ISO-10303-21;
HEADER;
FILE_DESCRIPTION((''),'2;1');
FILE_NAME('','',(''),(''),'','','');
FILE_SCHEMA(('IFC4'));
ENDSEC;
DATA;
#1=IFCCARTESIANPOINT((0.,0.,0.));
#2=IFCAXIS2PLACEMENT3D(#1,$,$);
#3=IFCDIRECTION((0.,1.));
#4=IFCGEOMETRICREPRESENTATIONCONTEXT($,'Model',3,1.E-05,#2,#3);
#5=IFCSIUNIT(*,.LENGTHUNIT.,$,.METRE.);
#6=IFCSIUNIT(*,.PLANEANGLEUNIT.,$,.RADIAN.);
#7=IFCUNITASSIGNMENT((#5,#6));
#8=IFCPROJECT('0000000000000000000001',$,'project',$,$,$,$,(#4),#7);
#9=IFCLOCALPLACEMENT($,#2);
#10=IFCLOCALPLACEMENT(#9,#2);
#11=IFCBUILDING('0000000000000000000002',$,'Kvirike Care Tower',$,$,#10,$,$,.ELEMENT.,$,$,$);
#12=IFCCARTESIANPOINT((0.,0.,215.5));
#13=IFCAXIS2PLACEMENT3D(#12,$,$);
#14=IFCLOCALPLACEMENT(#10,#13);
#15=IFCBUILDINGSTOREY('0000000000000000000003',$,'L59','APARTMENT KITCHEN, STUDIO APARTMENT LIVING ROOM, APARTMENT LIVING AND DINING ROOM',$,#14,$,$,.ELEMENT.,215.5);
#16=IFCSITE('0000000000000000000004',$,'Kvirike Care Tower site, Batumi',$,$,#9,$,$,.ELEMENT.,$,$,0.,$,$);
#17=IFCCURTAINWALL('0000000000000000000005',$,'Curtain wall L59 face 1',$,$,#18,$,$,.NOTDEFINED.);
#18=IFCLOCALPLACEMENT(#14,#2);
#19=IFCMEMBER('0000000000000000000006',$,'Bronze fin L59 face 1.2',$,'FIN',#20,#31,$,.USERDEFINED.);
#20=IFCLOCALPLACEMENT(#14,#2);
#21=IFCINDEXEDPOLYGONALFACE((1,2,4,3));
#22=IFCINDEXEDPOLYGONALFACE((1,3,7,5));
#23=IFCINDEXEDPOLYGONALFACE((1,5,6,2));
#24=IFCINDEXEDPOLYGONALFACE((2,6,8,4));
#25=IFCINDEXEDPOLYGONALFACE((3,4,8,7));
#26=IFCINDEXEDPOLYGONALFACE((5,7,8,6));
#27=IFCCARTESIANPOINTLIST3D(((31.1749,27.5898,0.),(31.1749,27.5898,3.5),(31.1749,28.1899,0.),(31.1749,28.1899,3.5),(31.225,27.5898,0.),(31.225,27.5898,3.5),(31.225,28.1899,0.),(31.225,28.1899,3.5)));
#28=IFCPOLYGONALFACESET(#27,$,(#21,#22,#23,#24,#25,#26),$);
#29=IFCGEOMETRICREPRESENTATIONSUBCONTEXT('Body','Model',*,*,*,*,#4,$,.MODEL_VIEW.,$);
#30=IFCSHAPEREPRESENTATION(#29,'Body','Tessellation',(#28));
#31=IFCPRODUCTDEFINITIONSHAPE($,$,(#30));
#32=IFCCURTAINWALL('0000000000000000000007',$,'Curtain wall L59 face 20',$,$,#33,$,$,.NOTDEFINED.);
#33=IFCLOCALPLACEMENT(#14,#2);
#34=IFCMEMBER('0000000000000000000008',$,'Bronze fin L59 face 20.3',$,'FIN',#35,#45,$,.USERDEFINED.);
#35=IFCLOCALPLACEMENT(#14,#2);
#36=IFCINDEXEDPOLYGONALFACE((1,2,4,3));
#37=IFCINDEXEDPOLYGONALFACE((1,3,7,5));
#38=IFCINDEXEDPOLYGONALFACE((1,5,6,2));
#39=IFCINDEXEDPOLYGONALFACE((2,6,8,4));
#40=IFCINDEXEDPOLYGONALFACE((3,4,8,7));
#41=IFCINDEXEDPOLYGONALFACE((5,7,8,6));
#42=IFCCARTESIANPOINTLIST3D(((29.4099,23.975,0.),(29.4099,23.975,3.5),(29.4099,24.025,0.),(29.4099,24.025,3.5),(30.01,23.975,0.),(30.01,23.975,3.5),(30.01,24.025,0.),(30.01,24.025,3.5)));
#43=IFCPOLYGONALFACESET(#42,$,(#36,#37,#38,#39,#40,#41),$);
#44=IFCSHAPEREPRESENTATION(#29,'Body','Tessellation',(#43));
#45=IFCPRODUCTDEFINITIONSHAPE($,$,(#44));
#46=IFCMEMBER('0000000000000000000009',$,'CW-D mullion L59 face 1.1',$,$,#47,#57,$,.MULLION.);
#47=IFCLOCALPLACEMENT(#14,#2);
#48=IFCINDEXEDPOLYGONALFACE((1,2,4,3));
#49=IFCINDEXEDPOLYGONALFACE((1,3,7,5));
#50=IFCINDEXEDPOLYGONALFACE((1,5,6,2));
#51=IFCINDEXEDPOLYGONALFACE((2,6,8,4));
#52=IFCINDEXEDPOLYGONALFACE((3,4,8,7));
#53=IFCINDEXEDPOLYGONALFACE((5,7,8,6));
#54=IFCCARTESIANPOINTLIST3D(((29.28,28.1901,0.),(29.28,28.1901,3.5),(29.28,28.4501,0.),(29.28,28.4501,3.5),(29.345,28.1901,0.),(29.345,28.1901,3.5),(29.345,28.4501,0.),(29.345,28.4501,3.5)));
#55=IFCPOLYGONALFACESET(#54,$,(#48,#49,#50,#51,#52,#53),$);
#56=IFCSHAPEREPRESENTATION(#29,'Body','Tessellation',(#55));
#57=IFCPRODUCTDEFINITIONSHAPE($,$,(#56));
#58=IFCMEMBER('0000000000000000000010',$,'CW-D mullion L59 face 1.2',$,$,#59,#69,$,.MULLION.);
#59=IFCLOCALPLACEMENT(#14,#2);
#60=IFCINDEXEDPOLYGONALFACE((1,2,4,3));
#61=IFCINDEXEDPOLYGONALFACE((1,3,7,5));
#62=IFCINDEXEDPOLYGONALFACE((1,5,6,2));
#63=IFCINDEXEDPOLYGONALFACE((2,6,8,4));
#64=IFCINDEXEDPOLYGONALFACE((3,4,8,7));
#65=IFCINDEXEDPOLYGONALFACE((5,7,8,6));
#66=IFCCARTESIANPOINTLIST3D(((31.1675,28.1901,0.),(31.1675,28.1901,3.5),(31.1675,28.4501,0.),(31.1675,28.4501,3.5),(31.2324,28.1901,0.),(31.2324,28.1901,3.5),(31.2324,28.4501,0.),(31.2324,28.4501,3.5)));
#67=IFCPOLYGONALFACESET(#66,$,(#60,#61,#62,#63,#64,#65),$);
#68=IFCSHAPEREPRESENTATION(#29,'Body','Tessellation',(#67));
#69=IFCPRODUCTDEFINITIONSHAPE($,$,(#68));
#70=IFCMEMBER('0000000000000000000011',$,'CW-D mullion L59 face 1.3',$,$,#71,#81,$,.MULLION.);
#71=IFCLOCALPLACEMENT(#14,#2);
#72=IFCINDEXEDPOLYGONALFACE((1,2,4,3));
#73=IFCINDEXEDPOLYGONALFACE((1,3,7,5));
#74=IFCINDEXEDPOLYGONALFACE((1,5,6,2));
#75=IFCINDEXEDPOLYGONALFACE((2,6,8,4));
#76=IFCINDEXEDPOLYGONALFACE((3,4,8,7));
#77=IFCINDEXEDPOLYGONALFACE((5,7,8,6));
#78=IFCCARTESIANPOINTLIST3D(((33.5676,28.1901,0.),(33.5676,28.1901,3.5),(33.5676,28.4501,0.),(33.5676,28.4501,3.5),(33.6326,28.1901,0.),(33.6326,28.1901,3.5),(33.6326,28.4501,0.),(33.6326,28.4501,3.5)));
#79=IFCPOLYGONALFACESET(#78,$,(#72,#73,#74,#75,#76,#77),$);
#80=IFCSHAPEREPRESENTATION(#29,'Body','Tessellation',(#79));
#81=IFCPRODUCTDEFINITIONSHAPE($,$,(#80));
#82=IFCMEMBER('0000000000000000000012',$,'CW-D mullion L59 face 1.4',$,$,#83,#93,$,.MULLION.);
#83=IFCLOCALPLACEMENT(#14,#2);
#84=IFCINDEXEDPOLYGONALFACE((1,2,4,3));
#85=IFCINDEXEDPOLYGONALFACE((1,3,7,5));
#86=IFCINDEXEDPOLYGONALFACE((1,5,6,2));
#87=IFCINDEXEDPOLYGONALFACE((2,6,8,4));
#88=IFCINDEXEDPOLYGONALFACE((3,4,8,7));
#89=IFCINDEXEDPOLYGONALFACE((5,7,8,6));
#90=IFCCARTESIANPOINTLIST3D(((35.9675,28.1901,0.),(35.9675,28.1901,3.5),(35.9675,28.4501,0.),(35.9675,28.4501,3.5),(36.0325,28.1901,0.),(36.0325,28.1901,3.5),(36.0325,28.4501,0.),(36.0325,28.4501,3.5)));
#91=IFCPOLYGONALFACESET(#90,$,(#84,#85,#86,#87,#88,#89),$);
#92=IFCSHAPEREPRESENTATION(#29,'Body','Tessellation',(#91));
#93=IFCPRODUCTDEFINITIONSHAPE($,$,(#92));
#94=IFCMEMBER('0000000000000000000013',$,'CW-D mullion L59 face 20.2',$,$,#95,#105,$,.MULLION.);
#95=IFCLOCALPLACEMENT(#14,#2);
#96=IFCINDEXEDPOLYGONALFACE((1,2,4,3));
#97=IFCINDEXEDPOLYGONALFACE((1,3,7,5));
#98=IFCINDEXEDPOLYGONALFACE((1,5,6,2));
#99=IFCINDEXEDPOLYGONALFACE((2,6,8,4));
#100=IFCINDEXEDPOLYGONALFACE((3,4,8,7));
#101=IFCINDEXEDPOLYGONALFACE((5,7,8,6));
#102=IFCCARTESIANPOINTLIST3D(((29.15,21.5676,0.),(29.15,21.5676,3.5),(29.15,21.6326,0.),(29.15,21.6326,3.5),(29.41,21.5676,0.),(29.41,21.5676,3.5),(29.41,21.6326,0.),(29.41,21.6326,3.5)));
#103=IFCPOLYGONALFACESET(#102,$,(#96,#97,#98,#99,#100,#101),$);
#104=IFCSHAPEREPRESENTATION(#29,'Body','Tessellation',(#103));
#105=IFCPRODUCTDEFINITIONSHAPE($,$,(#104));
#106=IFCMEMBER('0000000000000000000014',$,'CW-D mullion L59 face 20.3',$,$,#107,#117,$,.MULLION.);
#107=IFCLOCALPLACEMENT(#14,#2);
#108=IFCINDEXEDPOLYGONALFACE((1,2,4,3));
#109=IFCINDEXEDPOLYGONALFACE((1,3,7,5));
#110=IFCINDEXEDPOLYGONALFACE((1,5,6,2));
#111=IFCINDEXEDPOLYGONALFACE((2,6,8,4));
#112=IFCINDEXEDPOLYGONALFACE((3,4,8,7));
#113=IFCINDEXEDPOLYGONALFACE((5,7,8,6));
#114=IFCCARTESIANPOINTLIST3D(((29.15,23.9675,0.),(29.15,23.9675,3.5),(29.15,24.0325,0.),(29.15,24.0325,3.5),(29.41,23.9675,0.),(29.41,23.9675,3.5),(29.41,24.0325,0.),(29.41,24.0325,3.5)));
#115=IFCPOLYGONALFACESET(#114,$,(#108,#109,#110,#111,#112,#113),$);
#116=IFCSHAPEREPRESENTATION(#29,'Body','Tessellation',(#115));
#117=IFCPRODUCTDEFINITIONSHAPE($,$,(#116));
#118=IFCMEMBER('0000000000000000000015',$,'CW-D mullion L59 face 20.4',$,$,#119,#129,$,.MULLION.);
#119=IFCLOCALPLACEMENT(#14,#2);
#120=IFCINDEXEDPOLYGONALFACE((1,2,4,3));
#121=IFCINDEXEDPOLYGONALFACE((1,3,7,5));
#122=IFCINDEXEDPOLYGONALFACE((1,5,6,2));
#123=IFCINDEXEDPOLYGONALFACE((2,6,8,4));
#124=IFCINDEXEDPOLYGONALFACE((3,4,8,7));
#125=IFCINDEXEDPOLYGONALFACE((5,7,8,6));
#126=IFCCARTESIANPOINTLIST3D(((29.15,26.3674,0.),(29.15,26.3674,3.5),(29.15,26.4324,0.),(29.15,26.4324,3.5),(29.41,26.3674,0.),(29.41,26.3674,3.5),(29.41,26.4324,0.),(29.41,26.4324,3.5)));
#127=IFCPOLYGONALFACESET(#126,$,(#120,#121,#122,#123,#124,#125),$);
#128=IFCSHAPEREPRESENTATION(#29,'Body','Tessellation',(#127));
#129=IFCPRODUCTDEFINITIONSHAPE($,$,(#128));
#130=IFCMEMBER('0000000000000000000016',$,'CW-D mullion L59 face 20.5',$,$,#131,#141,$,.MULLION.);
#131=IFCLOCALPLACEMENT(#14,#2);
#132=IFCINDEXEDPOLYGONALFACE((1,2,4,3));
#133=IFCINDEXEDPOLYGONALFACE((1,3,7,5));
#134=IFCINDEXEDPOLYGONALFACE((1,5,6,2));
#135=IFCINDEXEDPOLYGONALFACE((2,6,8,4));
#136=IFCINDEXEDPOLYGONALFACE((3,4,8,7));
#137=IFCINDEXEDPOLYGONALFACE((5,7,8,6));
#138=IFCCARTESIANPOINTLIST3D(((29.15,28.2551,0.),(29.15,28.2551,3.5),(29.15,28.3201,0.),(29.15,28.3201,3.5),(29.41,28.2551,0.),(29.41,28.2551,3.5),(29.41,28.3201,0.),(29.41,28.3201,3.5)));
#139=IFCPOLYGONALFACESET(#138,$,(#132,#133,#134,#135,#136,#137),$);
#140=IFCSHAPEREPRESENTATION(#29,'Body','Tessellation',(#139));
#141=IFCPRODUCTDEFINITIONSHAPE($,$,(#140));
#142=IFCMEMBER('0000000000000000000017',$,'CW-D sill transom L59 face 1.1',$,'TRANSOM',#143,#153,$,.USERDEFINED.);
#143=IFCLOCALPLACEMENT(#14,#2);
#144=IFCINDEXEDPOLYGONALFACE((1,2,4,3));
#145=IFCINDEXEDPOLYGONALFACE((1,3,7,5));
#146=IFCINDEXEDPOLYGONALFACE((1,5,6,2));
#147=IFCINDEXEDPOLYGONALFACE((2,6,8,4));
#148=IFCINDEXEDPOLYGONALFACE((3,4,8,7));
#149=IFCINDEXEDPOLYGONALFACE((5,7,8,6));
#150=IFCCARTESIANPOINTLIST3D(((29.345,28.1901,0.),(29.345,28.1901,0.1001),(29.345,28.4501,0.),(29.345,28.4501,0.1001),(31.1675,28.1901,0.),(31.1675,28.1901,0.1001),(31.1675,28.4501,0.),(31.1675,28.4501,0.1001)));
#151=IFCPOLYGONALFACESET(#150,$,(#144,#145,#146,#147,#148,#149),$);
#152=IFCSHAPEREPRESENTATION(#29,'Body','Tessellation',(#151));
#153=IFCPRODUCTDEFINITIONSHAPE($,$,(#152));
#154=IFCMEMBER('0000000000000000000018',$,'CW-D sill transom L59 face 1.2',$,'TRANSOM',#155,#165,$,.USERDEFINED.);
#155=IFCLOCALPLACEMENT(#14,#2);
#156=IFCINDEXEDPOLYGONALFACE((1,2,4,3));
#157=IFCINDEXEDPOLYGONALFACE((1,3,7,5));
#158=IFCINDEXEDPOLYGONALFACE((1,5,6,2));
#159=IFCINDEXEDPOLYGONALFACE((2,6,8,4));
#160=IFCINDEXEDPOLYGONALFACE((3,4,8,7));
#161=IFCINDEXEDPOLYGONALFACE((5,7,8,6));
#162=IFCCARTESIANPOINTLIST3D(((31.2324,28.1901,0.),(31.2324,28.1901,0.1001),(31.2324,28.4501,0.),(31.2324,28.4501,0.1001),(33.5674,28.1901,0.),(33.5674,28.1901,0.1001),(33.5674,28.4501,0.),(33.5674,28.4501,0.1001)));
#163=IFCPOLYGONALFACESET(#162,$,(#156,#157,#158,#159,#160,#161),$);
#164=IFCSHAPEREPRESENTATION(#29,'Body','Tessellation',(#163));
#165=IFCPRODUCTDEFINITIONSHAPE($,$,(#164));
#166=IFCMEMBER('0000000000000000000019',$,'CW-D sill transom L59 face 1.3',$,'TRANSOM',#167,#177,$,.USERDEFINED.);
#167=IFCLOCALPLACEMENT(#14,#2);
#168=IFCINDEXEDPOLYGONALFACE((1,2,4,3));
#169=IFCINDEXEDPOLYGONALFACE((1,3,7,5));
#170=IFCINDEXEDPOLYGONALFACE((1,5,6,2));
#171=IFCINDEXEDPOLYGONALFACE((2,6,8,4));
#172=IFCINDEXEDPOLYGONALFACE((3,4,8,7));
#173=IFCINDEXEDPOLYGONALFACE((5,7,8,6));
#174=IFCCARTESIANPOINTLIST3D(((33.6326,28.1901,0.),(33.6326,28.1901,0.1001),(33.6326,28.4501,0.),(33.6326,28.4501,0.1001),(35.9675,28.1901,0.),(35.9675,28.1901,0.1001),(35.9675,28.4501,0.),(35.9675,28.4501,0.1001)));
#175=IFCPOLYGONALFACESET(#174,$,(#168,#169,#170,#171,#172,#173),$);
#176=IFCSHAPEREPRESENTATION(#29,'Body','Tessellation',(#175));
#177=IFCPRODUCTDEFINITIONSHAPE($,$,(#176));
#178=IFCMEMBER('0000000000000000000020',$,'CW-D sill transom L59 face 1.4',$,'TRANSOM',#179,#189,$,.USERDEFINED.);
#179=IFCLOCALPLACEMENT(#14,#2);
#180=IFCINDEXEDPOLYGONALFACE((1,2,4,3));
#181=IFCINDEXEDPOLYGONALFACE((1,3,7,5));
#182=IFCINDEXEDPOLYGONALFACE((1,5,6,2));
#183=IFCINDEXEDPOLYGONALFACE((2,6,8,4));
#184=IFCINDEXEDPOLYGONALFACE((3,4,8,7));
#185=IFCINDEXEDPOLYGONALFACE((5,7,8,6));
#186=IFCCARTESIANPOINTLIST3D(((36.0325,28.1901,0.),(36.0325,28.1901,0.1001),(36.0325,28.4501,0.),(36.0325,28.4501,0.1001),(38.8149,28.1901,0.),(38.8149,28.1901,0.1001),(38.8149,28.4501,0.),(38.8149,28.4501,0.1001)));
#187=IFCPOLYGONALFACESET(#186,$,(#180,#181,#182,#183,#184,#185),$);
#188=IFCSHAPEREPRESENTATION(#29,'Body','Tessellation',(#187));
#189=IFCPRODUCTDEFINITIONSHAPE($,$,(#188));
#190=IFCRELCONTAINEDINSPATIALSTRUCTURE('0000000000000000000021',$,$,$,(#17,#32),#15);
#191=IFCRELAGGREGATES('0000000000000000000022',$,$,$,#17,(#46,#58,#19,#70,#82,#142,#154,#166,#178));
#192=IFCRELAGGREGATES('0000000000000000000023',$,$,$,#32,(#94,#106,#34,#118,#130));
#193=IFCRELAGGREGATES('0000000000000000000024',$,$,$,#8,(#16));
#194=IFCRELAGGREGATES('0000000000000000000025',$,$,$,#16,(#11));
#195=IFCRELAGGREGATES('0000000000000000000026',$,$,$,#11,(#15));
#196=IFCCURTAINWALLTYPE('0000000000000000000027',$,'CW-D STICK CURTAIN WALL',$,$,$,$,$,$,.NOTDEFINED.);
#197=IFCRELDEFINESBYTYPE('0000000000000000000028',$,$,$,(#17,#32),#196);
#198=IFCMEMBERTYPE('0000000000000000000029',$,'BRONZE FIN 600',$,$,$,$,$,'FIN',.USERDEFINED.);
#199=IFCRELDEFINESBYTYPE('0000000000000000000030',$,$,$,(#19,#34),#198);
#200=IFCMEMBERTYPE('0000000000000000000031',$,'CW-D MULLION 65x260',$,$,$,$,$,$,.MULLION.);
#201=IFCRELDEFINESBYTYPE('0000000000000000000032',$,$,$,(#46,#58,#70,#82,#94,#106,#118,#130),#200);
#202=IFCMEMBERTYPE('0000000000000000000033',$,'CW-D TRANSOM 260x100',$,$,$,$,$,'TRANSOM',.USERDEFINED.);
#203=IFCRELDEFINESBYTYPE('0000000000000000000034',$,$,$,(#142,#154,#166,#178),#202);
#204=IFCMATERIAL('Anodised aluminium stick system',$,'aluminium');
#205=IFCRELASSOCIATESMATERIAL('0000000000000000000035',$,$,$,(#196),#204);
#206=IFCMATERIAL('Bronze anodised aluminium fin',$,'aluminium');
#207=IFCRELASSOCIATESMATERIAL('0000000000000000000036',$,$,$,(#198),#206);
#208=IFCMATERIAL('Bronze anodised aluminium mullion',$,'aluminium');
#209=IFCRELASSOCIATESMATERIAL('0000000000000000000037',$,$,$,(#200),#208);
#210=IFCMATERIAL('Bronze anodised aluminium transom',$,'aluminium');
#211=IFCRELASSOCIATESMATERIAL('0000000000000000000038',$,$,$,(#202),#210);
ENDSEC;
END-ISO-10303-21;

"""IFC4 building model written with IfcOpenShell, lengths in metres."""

from ifc_helpers import new_model, si_unit, direction, frame, origin, origin_2d, place, context, subcontext, project, spatial, rectangle, extrude, material, material_profile, profile_set, type_object, element, aggregate, save


model = new_model("IFC4")

# Units and contexts
model_context = context("Model", 3, precision=1e-05, world=origin(), true_north=direction((0.0, 1.0)))
body_context = subcontext(model_context, "Body", "Model", "MODEL_VIEW")
ifc_project = project(units=[si_unit("LENGTHUNIT", "METRE"), si_unit("PLANEANGLEUNIT", "RADIAN")], contexts=[model_context])

# Site, building, storey
site_placement = place(None, origin())
site = spatial("IfcSite", under=ifc_project, at=site_placement, Name="Kvirike Care Tower site, Batumi", CompositionType="ELEMENT", RefElevation=0.0)
building_placement = place(site_placement, origin())
building = spatial("IfcBuilding", under=site, at=building_placement, Name="Kvirike Care Tower", CompositionType="ELEMENT")
storey_placement = place(building_placement, frame((0.0, 0.0, 215.5)))
storey = spatial("IfcBuildingStorey", under=building, at=storey_placement, Name="L59", Description="APARTMENT KITCHEN, STUDIO APARTMENT LIVING ROOM, APARTMENT LIVING AND DINING ROOM", CompositionType="ELEMENT", Elevation=215.5)

# Curtain walls, members
ifc_material_1 = material(Name="Anodised aluminium stick system", Category="aluminium")
curtain_wall_type = type_object("IfcCurtainWallType", Name="CW-D STICK CURTAIN WALL", PredefinedType="NOTDEFINED", material=ifc_material_1)
curtain_wall_1_placement = place(storey_placement, origin())
curtain_wall_1 = element("IfcCurtainWall", 1, at=curtain_wall_1_placement, inside=storey, type_object=curtain_wall_type, Name="Curtain wall L59 face 1", PredefinedType="NOTDEFINED")
ifc_material_2 = material(Name="Bronze anodised aluminium fin", Category="aluminium")
ifc_material_profile_1 = material_profile(ifc_material_2, rectangle(XDim=0.05, YDim=0.6001, at=origin_2d()), Name="BRONZE FIN 600")
ifc_profile_set_1 = profile_set([ifc_material_profile_1], Name="Bronze anodised aluminium fin")
member_type_1 = type_object("IfcMemberType", Name="BRONZE FIN 600", ElementType="FIN", PredefinedType="USERDEFINED", material=ifc_profile_set_1)
member_1_placement = place(storey_placement, frame((31.2, 27.8899, 0.0), z_axis=(0.0, 0.0, 1.0), x_axis=(1.0, 0.0, 0.0)))
member_1 = element("IfcMember", 2, at=member_1_placement, type_object=member_type_1, Name="Bronze fin L59 face 1.2", ObjectType="FIN", PredefinedType="USERDEFINED", context=body_context, shape_type="SweptSolid", body=[
    extrude(rectangle(XDim=0.05, YDim=0.6001, at=origin_2d()), origin(), (0.0, 0.0, 1.0), 3.5),
])
curtain_wall_2_placement = place(storey_placement, origin())
curtain_wall_2 = element("IfcCurtainWall", 3, at=curtain_wall_2_placement, inside=storey, type_object=curtain_wall_type, Name="Curtain wall L59 face 20", PredefinedType="NOTDEFINED")
member_2_placement = place(storey_placement, frame((29.71, 24.0, 0.0), z_axis=(0.0, 0.0, 1.0), x_axis=(0.0, 1.0, 0.0)))
member_2 = element("IfcMember", 4, at=member_2_placement, type_object=member_type_1, Name="Bronze fin L59 face 20.3", ObjectType="FIN", PredefinedType="USERDEFINED", context=body_context, shape_type="SweptSolid", body=[
    extrude(rectangle(XDim=0.05, YDim=0.6001, at=origin_2d()), origin(), (0.0, 0.0, 1.0), 3.5),
])

# Members
ifc_material_3 = material(Name="Bronze anodised aluminium mullion", Category="aluminium")
ifc_material_profile_2 = material_profile(ifc_material_3, rectangle(XDim=0.0649, YDim=0.26, at=origin_2d()), Name="CW-D MULLION 65x260")
ifc_profile_set_2 = profile_set([ifc_material_profile_2], Name="Bronze anodised aluminium mullion")
member_type_2 = type_object("IfcMemberType", Name="CW-D MULLION 65x260", PredefinedType="MULLION", material=ifc_profile_set_2)
member_3_placement = place(storey_placement, frame((29.3125, 28.3201, 0.0), z_axis=(0.0, 0.0, 1.0), x_axis=(1.0, 0.0, 0.0)))
member_3 = element("IfcMember", 5, at=member_3_placement, type_object=member_type_2, Name="CW-D mullion L59 face 1.1", PredefinedType="MULLION", context=body_context, shape_type="SweptSolid", body=[
    extrude(rectangle(XDim=0.0649, YDim=0.26, at=origin_2d()), origin(), (0.0, 0.0, 1.0), 3.5),
])
member_4_placement = place(storey_placement, frame((31.2, 28.3201, 0.0), z_axis=(0.0, 0.0, 1.0), x_axis=(1.0, 0.0, 0.0)))
member_4 = element("IfcMember", 6, at=member_4_placement, type_object=member_type_2, Name="CW-D mullion L59 face 1.2", PredefinedType="MULLION", context=body_context, shape_type="SweptSolid", body=[
    extrude(rectangle(XDim=0.0649, YDim=0.26, at=origin_2d()), origin(), (0.0, 0.0, 1.0), 3.5),
])
member_5_placement = place(storey_placement, frame((33.6001, 28.3201, 0.0), z_axis=(0.0, 0.0, 1.0), x_axis=(1.0, 0.0, 0.0)))
member_5 = element("IfcMember", 7, at=member_5_placement, type_object=member_type_2, Name="CW-D mullion L59 face 1.3", PredefinedType="MULLION", context=body_context, shape_type="SweptSolid", body=[
    extrude(rectangle(XDim=0.0649, YDim=0.26, at=origin_2d()), origin(), (0.0, 0.0, 1.0), 3.5),
])
member_6_placement = place(storey_placement, frame((36.0, 28.3201, 0.0), z_axis=(0.0, 0.0, 1.0), x_axis=(1.0, 0.0, 0.0)))
member_6 = element("IfcMember", 8, at=member_6_placement, type_object=member_type_2, Name="CW-D mullion L59 face 1.4", PredefinedType="MULLION", context=body_context, shape_type="SweptSolid", body=[
    extrude(rectangle(XDim=0.0649, YDim=0.26, at=origin_2d()), origin(), (0.0, 0.0, 1.0), 3.5),
])
member_7_placement = place(storey_placement, frame((29.28, 21.6001, 0.0), z_axis=(0.0, 0.0, 1.0), x_axis=(0.0, 1.0, 0.0)))
member_7 = element("IfcMember", 9, at=member_7_placement, type_object=member_type_2, Name="CW-D mullion L59 face 20.2", PredefinedType="MULLION", context=body_context, shape_type="SweptSolid", body=[
    extrude(rectangle(XDim=0.0649, YDim=0.26, at=origin_2d()), origin(), (0.0, 0.0, 1.0), 3.5),
])
member_8_placement = place(storey_placement, frame((29.28, 24.0, 0.0), z_axis=(0.0, 0.0, 1.0), x_axis=(0.0, 1.0, 0.0)))
member_8 = element("IfcMember", 10, at=member_8_placement, type_object=member_type_2, Name="CW-D mullion L59 face 20.3", PredefinedType="MULLION", context=body_context, shape_type="SweptSolid", body=[
    extrude(rectangle(XDim=0.0649, YDim=0.26, at=origin_2d()), origin(), (0.0, 0.0, 1.0), 3.5),
])
member_9_placement = place(storey_placement, frame((29.28, 26.3999, 0.0), z_axis=(0.0, 0.0, 1.0), x_axis=(0.0, 1.0, 0.0)))
member_9 = element("IfcMember", 11, at=member_9_placement, type_object=member_type_2, Name="CW-D mullion L59 face 20.4", PredefinedType="MULLION", context=body_context, shape_type="SweptSolid", body=[
    extrude(rectangle(XDim=0.0649, YDim=0.26, at=origin_2d()), origin(), (0.0, 0.0, 1.0), 3.5),
])
member_10_placement = place(storey_placement, frame((29.28, 28.2876, 0.0), z_axis=(0.0, 0.0, 1.0), x_axis=(0.0, 1.0, 0.0)))
member_10 = element("IfcMember", 12, at=member_10_placement, type_object=member_type_2, Name="CW-D mullion L59 face 20.5", PredefinedType="MULLION", context=body_context, shape_type="SweptSolid", body=[
    extrude(rectangle(XDim=0.0649, YDim=0.26, at=origin_2d()), origin(), (0.0, 0.0, 1.0), 3.5),
])
ifc_material_4 = material(Name="Bronze anodised aluminium transom", Category="aluminium")
ifc_material_profile_3 = material_profile(ifc_material_4, rectangle(XDim=0.26, YDim=0.1001, at=origin_2d()), Name="CW-D TRANSOM 260x100")
ifc_profile_set_3 = profile_set([ifc_material_profile_3], Name="Bronze anodised aluminium transom")
member_type_3 = type_object("IfcMemberType", Name="CW-D TRANSOM 260x100", ElementType="TRANSOM", PredefinedType="USERDEFINED", material=ifc_profile_set_3)
member_11_placement = place(storey_placement, frame((29.345, 28.3201, 0.05), z_axis=(1.0, 0.0, 0.0), x_axis=(0.0, 1.0, 0.0)))
member_11 = element("IfcMember", 13, at=member_11_placement, type_object=member_type_3, Name="CW-D sill transom L59 face 1.1", ObjectType="TRANSOM", PredefinedType="USERDEFINED", context=body_context, shape_type="SweptSolid", body=[
    extrude(rectangle(XDim=0.26, YDim=0.1001, at=origin_2d()), origin(), (0.0, 0.0, 1.0), 1.8225),
])
member_12_placement = place(storey_placement, frame((31.2324, 28.3201, 0.05), z_axis=(1.0, 0.0, 0.0), x_axis=(0.0, 1.0, 0.0)))
member_12 = element("IfcMember", 14, at=member_12_placement, type_object=member_type_3, Name="CW-D sill transom L59 face 1.2", ObjectType="TRANSOM", PredefinedType="USERDEFINED", context=body_context, shape_type="SweptSolid", body=[
    extrude(rectangle(XDim=0.26, YDim=0.1001, at=origin_2d()), origin(), (0.0, 0.0, 1.0), 2.335),
])
member_13_placement = place(storey_placement, frame((33.6326, 28.3201, 0.05), z_axis=(1.0, 0.0, 0.0), x_axis=(0.0, 1.0, 0.0)))
member_13 = element("IfcMember", 15, at=member_13_placement, type_object=member_type_3, Name="CW-D sill transom L59 face 1.3", ObjectType="TRANSOM", PredefinedType="USERDEFINED", context=body_context, shape_type="SweptSolid", body=[
    extrude(rectangle(XDim=0.26, YDim=0.1001, at=origin_2d()), origin(), (0.0, 0.0, 1.0), 2.335),
])
member_14_placement = place(storey_placement, frame((36.0325, 28.3201, 0.05), z_axis=(1.0, 0.0, 0.0), x_axis=(0.0, 1.0, 0.0)))
member_14 = element("IfcMember", 16, at=member_14_placement, type_object=member_type_3, Name="CW-D sill transom L59 face 1.4", ObjectType="TRANSOM", PredefinedType="USERDEFINED", context=body_context, shape_type="SweptSolid", body=[
    extrude(rectangle(XDim=0.26, YDim=0.1001, at=origin_2d()), origin(), (0.0, 0.0, 1.0), 2.7825),
])

aggregate(curtain_wall_1, [member_3, member_4, member_1, member_5, member_6, member_11, member_12, member_13, member_14])
aggregate(curtain_wall_2, [member_7, member_8, member_2, member_9, member_10])

save(model, "model.ifc")
